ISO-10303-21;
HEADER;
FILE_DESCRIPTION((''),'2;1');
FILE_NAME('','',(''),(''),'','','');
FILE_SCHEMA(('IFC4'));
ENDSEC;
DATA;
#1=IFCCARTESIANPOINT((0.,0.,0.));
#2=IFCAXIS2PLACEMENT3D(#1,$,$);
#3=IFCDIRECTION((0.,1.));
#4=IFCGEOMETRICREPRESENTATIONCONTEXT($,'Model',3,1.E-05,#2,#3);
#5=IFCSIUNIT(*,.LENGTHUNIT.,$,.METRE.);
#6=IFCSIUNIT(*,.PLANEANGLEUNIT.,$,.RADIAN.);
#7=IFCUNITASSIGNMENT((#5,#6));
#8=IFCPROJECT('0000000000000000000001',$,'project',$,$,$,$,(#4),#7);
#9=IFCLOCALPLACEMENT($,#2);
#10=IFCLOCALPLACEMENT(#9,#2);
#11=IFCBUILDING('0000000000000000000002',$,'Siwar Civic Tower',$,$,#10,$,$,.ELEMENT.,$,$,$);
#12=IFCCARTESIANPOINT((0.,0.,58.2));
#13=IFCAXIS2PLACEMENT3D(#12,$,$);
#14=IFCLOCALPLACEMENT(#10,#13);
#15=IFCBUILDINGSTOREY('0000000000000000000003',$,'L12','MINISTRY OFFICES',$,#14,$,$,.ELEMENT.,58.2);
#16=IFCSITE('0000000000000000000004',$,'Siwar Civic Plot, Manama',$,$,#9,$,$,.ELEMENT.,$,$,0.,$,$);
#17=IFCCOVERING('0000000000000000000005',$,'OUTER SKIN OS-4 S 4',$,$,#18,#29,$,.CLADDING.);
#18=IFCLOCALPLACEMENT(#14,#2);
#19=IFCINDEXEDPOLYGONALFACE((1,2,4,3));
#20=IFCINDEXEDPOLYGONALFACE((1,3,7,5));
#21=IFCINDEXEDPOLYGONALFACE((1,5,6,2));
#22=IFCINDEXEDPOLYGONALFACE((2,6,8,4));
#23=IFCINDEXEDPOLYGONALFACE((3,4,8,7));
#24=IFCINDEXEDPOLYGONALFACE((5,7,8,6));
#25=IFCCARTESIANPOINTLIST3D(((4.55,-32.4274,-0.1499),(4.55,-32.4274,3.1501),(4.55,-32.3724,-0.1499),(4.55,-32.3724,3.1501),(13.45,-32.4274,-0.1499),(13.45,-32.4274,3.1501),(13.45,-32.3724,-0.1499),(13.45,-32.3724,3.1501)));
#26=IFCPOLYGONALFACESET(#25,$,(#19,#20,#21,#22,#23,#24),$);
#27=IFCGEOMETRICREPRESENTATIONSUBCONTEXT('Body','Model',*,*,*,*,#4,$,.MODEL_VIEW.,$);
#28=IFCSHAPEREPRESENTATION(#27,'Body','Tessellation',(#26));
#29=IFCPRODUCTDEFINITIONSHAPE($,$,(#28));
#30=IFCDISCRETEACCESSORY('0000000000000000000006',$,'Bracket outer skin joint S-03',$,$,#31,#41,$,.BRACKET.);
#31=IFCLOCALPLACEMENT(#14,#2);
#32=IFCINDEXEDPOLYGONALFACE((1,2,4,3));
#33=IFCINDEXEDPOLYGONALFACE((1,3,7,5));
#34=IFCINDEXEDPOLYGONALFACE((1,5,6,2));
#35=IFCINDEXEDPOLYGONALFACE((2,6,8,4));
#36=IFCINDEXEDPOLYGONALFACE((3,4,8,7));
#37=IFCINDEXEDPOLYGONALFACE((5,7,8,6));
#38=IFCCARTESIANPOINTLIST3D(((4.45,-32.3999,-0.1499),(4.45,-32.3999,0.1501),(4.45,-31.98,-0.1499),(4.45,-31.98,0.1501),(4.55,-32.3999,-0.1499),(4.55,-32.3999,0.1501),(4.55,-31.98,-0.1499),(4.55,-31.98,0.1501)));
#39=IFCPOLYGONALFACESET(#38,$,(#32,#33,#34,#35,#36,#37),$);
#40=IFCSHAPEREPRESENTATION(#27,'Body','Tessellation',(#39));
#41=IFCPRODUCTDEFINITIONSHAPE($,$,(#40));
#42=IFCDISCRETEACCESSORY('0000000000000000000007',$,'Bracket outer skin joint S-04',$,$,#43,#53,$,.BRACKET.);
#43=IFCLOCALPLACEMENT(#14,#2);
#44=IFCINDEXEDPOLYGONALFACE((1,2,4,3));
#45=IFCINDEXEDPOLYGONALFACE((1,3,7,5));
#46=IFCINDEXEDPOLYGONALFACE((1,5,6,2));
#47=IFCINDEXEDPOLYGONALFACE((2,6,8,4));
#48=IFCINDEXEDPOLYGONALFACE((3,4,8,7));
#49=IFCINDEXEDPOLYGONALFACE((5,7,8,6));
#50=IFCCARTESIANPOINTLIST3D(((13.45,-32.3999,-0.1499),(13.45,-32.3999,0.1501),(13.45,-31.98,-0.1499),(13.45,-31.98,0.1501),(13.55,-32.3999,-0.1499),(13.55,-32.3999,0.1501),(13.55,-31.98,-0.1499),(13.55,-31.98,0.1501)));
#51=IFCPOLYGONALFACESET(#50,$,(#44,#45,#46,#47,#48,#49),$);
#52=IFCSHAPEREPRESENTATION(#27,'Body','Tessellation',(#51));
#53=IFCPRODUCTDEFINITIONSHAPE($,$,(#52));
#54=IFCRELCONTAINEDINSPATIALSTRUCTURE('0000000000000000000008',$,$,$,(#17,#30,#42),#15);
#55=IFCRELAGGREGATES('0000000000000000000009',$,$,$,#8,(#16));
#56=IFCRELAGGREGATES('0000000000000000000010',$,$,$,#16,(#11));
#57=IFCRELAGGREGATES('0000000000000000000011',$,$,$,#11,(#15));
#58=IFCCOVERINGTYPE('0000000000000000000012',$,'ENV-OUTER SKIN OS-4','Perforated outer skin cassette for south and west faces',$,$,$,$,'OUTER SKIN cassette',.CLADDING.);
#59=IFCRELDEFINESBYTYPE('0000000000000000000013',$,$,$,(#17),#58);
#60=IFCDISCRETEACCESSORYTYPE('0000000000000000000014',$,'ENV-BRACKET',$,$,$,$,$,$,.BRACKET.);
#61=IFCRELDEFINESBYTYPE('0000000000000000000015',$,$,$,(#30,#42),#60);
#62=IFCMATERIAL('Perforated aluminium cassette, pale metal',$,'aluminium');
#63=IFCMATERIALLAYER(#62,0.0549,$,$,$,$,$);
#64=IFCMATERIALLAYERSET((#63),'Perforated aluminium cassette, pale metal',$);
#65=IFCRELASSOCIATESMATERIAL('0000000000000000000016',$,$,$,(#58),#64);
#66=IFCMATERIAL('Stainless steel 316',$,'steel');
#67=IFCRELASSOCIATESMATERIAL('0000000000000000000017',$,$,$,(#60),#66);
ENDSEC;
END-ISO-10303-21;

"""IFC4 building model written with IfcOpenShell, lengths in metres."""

from ifc_helpers import new_model, si_unit, direction, frame, origin, origin_2d, place, context, subcontext, project, spatial, rectangle, extrude, material, layer, layer_set, type_object, element, save


model = new_model("IFC4")

# Units and contexts
model_context = context("Model", 3, precision=1e-05, world=origin(), true_north=direction((0.0, 1.0)))
body_context = subcontext(model_context, "Body", "Model", "MODEL_VIEW")
ifc_project = project(units=[si_unit("LENGTHUNIT", "METRE"), si_unit("PLANEANGLEUNIT", "RADIAN")], contexts=[model_context])

# Site, building, storey
site_placement = place(None, origin())
site = spatial("IfcSite", under=ifc_project, at=site_placement, Name="Siwar Civic Plot, Manama", CompositionType="ELEMENT", RefElevation=0.0)
building_placement = place(site_placement, origin())
building = spatial("IfcBuilding", under=site, at=building_placement, Name="Siwar Civic Tower", CompositionType="ELEMENT")
storey_placement = place(building_placement, frame((0.0, 0.0, 58.2)))
storey = spatial("IfcBuildingStorey", under=building, at=storey_placement, Name="L12", Description="MINISTRY OFFICES", CompositionType="ELEMENT", Elevation=58.2)

# Covering
ifc_material_1 = material(Name="Perforated aluminium cassette, pale metal", Category="aluminium")
ifc_layer_1 = layer(ifc_material_1, 0.0549)
ifc_layer_set_1 = layer_set([ifc_layer_1], Name="Perforated aluminium cassette, pale metal")
covering_type = type_object("IfcCoveringType", Name="ENV-OUTER SKIN OS-4", Description="Perforated outer skin cassette for south and west faces", ElementType="OUTER SKIN cassette", PredefinedType="CLADDING", material=ifc_layer_set_1)
for number, where, z_axis, x_axis, name in (
    (1, (9.0, -32.3999, -0.1499), (0.0, 0.0, 1.0), (1.0, 0.0, 0.0), "OUTER SKIN OS-4 S 4"),
):
    element("IfcCovering", number, at=place(storey_placement, frame(where, z_axis=z_axis, x_axis=x_axis)), inside=storey, type_object=covering_type, Name=name, PredefinedType="CLADDING", context=body_context, shape_type="SweptSolid", body=[
        extrude(rectangle(XDim=8.8999, YDim=0.0549, at=origin_2d()), origin(), (0.0, 0.0, 1.0), 3.3),
    ])

# Discrete accessories
ifc_material_2 = material(Name="Stainless steel 316", Category="steel")
discrete_accessory_type = type_object("IfcDiscreteAccessoryType", Name="ENV-BRACKET", PredefinedType="BRACKET", material=ifc_material_2)
for number, where, z_axis, x_axis, name in (
    (2, (4.5, -32.1899, -0.1499), (0.0, 0.0, 1.0), (0.0, -1.0, 0.0), "Bracket outer skin joint S-03"),
    (3, (13.5, -32.1899, -0.1499), (0.0, 0.0, 1.0), (0.0, -1.0, 0.0), "Bracket outer skin joint S-04"),
):
    element("IfcDiscreteAccessory", number, at=place(storey_placement, frame(where, z_axis=z_axis, x_axis=x_axis)), inside=storey, type_object=discrete_accessory_type, Name=name, PredefinedType="BRACKET", context=body_context, shape_type="SweptSolid", body=[
        extrude(rectangle(XDim=0.4199, YDim=0.1001, at=origin_2d()), origin(), (0.0, 0.0, 1.0), 0.3),
    ])

save(model, "model.ifc")
